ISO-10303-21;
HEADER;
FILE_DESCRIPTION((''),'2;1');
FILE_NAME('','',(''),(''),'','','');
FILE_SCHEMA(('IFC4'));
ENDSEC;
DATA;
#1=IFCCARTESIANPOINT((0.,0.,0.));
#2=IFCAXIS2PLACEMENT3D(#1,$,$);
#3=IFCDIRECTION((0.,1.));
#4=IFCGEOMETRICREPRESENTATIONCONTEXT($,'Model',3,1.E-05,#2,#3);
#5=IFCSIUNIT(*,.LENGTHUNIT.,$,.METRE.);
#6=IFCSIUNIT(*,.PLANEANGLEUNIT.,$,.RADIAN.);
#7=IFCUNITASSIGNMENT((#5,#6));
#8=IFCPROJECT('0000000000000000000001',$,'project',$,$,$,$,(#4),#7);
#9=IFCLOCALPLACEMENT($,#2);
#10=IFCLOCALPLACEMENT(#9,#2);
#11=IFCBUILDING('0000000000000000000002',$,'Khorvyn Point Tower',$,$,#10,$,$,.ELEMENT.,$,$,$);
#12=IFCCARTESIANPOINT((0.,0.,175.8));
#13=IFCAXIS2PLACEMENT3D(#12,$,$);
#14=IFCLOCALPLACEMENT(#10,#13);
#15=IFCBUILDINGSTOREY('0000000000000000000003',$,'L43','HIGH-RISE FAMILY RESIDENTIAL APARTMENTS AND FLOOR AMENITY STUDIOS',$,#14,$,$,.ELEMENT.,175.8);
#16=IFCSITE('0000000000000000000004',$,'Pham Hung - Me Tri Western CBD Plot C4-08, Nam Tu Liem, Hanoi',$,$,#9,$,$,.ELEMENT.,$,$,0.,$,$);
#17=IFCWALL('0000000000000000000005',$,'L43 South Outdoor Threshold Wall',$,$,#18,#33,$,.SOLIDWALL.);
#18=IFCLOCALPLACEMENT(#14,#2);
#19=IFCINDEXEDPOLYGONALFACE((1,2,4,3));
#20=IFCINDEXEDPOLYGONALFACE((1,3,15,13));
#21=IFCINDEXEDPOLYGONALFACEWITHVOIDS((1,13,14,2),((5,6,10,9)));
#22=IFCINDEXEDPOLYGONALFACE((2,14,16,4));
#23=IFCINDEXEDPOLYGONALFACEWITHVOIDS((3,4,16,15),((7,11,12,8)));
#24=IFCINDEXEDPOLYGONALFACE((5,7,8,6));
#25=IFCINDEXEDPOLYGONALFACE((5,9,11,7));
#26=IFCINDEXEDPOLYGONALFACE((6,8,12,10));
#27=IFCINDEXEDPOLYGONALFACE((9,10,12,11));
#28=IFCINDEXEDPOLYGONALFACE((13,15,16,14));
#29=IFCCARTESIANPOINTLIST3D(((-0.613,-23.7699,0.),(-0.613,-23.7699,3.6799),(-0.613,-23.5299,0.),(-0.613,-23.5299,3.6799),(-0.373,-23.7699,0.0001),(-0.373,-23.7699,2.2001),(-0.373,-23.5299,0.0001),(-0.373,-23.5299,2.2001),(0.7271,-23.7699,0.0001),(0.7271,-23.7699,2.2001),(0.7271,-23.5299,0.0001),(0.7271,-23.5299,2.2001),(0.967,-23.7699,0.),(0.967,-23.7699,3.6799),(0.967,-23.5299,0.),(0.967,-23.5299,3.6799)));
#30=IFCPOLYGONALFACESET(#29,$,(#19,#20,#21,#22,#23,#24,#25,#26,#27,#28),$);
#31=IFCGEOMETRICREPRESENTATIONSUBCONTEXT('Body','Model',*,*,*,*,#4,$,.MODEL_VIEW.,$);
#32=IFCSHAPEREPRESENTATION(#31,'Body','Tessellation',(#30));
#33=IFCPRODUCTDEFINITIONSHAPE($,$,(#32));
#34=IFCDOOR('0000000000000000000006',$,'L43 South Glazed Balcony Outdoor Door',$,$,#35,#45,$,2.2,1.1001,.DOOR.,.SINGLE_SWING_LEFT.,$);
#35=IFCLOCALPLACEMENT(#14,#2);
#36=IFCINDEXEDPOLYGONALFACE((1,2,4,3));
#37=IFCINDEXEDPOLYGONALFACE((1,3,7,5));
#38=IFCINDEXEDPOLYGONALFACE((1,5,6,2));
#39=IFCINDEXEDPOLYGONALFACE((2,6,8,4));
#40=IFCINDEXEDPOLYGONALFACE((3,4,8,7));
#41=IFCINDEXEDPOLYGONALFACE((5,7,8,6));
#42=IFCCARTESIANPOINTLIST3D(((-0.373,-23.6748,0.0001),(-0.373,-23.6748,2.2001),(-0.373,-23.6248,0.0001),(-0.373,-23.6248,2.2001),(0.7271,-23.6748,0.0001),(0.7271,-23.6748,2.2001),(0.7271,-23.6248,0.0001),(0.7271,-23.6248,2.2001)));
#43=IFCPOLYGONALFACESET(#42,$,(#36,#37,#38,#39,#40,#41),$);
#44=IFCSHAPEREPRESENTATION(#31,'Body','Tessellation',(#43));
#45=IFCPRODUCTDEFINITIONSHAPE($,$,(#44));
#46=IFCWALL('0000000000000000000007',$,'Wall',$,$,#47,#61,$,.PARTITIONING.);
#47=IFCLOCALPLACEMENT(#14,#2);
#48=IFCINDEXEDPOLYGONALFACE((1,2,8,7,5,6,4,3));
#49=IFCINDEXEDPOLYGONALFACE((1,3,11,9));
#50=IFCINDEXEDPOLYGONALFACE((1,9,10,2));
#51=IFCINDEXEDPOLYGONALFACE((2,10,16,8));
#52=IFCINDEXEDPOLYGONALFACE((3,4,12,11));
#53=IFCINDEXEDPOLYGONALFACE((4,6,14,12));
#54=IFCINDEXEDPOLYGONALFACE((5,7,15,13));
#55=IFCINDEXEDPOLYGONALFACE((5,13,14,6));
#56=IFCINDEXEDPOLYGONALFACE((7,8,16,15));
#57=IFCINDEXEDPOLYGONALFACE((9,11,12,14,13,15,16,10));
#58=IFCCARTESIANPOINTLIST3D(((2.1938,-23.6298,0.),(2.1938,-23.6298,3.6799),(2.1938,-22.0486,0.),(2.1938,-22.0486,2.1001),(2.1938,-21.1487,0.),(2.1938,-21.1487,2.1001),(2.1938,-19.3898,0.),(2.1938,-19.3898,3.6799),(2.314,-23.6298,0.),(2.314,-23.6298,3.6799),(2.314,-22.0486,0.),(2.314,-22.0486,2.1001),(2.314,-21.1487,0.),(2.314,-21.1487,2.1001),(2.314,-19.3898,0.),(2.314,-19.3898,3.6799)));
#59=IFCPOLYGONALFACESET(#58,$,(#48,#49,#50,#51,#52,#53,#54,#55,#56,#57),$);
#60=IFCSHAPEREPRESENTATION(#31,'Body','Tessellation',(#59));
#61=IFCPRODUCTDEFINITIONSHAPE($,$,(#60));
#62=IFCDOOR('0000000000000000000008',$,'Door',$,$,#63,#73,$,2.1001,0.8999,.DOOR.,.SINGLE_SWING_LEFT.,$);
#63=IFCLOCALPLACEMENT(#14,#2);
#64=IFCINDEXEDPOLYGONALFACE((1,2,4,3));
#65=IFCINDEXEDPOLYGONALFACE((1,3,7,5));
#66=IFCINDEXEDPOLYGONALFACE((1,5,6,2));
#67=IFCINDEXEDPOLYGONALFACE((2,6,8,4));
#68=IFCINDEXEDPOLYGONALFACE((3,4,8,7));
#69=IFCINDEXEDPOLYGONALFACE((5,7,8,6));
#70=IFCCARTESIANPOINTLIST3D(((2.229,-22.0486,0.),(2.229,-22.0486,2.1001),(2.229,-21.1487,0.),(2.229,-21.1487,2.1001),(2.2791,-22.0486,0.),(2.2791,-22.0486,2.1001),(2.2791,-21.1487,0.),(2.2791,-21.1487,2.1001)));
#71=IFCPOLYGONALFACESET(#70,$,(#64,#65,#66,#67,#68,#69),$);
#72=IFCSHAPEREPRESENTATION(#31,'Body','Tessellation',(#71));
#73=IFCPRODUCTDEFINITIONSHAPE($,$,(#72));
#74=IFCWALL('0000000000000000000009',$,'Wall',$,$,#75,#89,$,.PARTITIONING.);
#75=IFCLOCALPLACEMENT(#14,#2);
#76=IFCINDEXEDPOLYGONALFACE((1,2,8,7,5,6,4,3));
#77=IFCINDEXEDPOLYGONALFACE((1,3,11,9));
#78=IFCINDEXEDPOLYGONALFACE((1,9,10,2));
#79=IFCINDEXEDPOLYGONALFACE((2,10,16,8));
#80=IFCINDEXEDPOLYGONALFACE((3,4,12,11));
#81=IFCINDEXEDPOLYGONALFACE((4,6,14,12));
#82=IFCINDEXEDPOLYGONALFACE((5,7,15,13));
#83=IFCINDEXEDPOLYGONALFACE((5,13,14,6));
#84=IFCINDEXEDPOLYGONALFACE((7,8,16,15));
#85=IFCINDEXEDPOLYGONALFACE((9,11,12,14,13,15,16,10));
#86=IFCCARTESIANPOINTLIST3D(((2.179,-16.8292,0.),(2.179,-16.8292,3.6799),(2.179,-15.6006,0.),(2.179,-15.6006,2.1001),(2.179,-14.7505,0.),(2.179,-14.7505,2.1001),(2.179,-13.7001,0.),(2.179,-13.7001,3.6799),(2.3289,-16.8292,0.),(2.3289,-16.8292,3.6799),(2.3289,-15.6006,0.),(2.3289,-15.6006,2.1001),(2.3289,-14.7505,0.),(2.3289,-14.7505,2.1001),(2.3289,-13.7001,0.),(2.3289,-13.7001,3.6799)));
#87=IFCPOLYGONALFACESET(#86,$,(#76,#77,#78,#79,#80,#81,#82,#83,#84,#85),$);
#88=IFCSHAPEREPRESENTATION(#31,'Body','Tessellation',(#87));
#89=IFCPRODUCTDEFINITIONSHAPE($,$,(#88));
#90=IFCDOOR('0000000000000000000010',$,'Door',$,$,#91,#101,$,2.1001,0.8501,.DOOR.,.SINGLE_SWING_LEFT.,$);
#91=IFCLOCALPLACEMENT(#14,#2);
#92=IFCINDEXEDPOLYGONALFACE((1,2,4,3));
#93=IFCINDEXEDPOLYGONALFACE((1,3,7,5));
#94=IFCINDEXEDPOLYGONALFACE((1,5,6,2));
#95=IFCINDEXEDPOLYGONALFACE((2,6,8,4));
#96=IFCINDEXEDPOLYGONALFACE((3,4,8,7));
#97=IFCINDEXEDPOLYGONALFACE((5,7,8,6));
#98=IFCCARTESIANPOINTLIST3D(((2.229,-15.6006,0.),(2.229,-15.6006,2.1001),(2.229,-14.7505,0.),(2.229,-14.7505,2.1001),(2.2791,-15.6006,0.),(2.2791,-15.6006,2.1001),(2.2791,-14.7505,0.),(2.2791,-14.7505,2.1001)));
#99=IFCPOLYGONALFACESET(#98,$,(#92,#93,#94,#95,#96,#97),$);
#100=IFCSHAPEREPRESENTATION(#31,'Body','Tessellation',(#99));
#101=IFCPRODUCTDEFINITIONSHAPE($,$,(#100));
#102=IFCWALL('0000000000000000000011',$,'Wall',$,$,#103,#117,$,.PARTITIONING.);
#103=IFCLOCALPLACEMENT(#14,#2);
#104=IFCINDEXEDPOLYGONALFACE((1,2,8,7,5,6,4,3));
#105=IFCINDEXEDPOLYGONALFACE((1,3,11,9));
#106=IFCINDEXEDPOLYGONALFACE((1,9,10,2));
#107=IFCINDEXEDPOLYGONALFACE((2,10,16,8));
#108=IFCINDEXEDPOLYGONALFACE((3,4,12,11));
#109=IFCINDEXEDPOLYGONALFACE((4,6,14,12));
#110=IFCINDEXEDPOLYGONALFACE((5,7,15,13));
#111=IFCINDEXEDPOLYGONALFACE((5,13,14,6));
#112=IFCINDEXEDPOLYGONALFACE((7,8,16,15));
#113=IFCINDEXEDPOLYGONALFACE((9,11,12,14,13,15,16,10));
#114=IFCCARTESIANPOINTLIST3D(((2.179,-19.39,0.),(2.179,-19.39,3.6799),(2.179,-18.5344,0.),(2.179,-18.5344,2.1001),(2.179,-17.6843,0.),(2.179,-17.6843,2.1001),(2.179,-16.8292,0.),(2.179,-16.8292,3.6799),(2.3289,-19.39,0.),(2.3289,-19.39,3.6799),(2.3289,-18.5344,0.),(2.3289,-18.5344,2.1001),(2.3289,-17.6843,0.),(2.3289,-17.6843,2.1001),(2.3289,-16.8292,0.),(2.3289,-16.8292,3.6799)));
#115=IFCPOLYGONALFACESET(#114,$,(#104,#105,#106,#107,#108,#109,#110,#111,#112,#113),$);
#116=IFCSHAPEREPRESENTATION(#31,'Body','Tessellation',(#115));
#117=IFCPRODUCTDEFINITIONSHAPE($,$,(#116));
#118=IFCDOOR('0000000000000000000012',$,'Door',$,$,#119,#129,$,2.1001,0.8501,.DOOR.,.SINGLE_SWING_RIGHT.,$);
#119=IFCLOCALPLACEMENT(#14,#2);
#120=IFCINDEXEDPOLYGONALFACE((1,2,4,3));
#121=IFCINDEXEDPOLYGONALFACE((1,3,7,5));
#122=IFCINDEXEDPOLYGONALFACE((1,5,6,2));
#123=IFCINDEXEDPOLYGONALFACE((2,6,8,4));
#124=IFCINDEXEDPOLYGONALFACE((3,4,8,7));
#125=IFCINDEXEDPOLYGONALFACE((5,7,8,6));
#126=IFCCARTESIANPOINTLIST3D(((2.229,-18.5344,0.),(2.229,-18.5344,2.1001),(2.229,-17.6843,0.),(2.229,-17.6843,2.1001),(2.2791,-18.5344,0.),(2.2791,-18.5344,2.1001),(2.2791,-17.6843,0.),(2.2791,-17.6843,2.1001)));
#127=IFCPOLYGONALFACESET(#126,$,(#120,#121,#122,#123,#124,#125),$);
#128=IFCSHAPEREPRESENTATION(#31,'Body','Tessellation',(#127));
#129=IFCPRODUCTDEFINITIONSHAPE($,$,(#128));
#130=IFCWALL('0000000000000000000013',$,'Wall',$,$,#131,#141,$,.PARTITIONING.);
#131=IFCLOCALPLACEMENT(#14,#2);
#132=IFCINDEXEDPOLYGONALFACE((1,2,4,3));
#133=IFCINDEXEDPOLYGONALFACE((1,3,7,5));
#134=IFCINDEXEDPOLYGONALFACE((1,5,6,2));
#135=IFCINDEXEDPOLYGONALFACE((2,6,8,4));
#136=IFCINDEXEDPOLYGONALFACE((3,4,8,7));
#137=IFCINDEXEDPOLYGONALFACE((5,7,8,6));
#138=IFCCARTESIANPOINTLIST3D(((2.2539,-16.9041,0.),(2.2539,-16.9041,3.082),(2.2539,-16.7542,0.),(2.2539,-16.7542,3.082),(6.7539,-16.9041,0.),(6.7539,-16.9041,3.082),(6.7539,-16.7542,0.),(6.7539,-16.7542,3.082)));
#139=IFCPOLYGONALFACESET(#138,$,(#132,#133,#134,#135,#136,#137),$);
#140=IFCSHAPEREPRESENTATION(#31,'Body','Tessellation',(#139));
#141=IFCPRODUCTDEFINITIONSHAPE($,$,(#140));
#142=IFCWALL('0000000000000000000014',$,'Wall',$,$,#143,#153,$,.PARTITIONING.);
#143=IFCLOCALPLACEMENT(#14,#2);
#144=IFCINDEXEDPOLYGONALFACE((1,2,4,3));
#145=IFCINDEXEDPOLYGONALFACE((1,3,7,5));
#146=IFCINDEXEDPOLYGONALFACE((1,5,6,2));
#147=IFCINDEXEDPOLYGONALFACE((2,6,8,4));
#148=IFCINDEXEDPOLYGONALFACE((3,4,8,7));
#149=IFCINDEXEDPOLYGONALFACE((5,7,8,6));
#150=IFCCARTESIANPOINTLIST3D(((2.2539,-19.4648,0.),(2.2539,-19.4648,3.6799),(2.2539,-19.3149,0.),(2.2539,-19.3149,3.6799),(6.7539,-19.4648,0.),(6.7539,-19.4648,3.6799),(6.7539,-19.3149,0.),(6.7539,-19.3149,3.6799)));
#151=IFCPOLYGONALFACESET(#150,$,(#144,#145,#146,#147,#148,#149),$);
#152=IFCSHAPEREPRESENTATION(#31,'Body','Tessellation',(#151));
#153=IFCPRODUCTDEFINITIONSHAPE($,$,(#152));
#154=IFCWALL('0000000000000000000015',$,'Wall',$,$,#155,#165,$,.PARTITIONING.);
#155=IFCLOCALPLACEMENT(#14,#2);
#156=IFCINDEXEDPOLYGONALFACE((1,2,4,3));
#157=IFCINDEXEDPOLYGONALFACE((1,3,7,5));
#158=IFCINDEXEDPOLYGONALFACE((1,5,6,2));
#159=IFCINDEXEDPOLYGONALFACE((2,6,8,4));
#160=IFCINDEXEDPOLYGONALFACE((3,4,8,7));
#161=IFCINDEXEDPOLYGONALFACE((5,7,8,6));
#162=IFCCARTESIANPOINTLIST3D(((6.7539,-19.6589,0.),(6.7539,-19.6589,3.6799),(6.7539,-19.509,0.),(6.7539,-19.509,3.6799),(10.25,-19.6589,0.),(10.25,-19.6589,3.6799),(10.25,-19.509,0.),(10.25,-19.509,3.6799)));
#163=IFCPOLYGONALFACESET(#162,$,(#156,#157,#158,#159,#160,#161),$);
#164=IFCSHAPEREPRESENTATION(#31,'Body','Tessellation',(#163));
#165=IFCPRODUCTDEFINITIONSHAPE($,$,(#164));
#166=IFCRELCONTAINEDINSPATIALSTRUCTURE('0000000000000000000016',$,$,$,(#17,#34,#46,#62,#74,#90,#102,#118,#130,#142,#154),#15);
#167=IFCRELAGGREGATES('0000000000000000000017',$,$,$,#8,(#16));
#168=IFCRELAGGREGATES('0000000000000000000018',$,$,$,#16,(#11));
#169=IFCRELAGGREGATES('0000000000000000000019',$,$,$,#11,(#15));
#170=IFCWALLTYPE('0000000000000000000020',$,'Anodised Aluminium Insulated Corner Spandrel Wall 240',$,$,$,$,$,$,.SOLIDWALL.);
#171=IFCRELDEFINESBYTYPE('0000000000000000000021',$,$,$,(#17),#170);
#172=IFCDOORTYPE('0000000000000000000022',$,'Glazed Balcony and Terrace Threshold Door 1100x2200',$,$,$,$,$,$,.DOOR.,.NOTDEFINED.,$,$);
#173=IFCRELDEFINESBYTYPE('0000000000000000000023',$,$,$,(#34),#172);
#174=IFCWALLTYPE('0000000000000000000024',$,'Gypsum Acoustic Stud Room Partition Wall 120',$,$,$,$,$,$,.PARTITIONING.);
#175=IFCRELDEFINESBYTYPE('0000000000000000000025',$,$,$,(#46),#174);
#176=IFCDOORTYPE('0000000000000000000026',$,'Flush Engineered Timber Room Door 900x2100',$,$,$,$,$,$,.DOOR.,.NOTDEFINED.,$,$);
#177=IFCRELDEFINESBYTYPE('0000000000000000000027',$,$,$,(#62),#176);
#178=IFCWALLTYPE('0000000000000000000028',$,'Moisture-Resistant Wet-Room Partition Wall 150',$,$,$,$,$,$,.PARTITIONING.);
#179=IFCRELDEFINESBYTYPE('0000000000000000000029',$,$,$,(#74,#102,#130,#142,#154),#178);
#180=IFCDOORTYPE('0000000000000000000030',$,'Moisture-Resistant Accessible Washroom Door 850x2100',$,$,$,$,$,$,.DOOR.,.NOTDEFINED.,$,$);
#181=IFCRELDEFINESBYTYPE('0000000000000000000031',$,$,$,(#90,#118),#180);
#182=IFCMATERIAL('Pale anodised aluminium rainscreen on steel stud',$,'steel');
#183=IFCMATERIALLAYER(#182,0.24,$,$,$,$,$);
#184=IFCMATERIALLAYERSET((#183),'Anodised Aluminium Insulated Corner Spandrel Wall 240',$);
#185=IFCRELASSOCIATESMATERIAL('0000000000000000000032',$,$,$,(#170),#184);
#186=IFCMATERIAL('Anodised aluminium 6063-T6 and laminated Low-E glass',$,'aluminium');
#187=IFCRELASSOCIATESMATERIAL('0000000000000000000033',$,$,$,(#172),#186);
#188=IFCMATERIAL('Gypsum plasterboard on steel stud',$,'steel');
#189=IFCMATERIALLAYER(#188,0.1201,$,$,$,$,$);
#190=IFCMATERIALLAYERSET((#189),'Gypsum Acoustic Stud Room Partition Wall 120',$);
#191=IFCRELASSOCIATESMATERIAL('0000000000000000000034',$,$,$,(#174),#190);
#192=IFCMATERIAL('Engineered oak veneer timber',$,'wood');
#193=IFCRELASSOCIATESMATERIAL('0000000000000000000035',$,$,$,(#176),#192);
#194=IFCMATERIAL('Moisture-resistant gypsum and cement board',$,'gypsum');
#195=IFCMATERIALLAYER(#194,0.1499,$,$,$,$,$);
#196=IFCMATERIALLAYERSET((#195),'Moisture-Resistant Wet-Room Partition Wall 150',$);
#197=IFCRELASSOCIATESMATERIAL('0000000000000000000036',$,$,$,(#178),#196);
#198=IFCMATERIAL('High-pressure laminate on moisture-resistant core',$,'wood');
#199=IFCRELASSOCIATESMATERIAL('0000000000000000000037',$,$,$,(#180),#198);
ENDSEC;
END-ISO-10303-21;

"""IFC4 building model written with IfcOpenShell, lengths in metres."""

from ifc_helpers import new_model, si_unit, direction, frame, frame_2d, origin, place, context, subcontext, project, spatial, rectangle, extrude, material, layer, layer_set, type_object, element, fill, save


model = new_model("IFC4")

# Units and contexts
model_context = context("Model", 3, precision=1e-05, world=origin(), true_north=direction((0.0, 1.0)))
body_context = subcontext(model_context, "Body", "Model", "MODEL_VIEW")
ifc_project = project(units=[si_unit("LENGTHUNIT", "METRE"), si_unit("PLANEANGLEUNIT", "RADIAN")], contexts=[model_context])

# Site, building, storey
site_placement = place(None, origin())
site = spatial("IfcSite", under=ifc_project, at=site_placement, Name="Pham Hung - Me Tri Western CBD Plot C4-08, Nam Tu Liem, Hanoi", CompositionType="ELEMENT", RefElevation=0.0)
building_placement = place(site_placement, origin())
building = spatial("IfcBuilding", under=site, at=building_placement, Name="Khorvyn Point Tower", CompositionType="ELEMENT")
storey_placement = place(building_placement, frame((0.0, 0.0, 175.8)))
storey = spatial("IfcBuildingStorey", under=building, at=storey_placement, Name="L43", Description="HIGH-RISE FAMILY RESIDENTIAL APARTMENTS AND FLOOR AMENITY STUDIOS", CompositionType="ELEMENT", Elevation=175.8)

# Shared definitions
ifc_material_1 = material(Name="Anodised aluminium 6063-T6 and laminated Low-E glass", Category="aluminium")

# Walls, openings, doors
ifc_material_2 = material(Name="Pale anodised aluminium rainscreen on steel stud", Category="steel")
ifc_layer_1 = layer(ifc_material_2, 0.24)
ifc_layer_set_1 = layer_set([ifc_layer_1], Name="Anodised Aluminium Insulated Corner Spandrel Wall 240")
wall_type_1 = type_object("IfcWallType", Name="Anodised Aluminium Insulated Corner Spandrel Wall 240", PredefinedType="SOLIDWALL", material=ifc_layer_set_1)
wall_1_placement = place(storey_placement, frame((0.967, -23.6499, 0.0), z_axis=(0.0, 0.0, 1.0), x_axis=(-1.0, 0.0, 0.0)))
wall_1 = element("IfcWall", 1, at=wall_1_placement, inside=storey, type_object=wall_type_1, Name="L43 South Outdoor Threshold Wall", PredefinedType="SOLIDWALL", context=body_context, shape_type="SweptSolid", body=[
    extrude(rectangle(XDim=1.5801, YDim=0.24, at=frame_2d((0.79, 0.0))), origin(), (0.0, 0.0, 1.0), 3.6799),
])
opening_1_placement = place(wall_1_placement, frame((0.24, 0.0, 0.0)))
opening_1 = element("IfcOpeningElement", 2, at=opening_1_placement, cuts=wall_1, PredefinedType="OPENING", context=body_context, shape_type="SweptSolid", body=[
    extrude(rectangle(XDim=1.1001, YDim=2.2, at=frame_2d((0.55, 1.1001))), frame((0.0, 0.1299, 0.0), z_axis=(0.0, -1.0, 0.0), x_axis=(1.0, 0.0, 0.0)), (0.0, 0.0, 1.0), 0.26),
])
door_type_1 = type_object("IfcDoorType", Name="Glazed Balcony and Terrace Threshold Door 1100x2200", OperationType="NOTDEFINED", PredefinedType="DOOR", material=ifc_material_1)
door_1_placement = place(opening_1_placement, origin())
door_1 = element("IfcDoor", 3, at=door_1_placement, inside=storey, type_object=door_type_1, Name="L43 South Glazed Balcony Outdoor Door", OperationType="SINGLE_SWING_LEFT", OverallHeight=2.2, OverallWidth=1.1001, PredefinedType="DOOR", context=body_context, shape_type="SweptSolid", body=[
    extrude(rectangle(XDim=1.1001, YDim=2.2, at=frame_2d((0.55, 1.1001))), frame((0.0, 0.0249, 0.0), z_axis=(0.0, -1.0, 0.0), x_axis=(1.0, 0.0, 0.0)), (0.0, 0.0, 1.0), 0.05),
])
fill(opening_1, door_1)
ifc_material_3 = material(Name="Gypsum plasterboard on steel stud", Category="steel")
ifc_layer_2 = layer(ifc_material_3, 0.1201)
ifc_layer_set_2 = layer_set([ifc_layer_2], Name="Gypsum Acoustic Stud Room Partition Wall 120")
wall_type_2 = type_object("IfcWallType", Name="Gypsum Acoustic Stud Room Partition Wall 120", PredefinedType="PARTITIONING", material=ifc_layer_set_2)
wall_2_placement = place(storey_placement, frame((2.2539, -23.6299, 0.0), z_axis=(0.0, 0.0, 1.0), x_axis=(0.0, 1.0, 0.0)))
wall_2 = element("IfcWall", 4, at=wall_2_placement, inside=storey, type_object=wall_type_2, Name="Wall", PredefinedType="PARTITIONING", context=body_context, shape_type="SweptSolid", body=[
    extrude(rectangle(XDim=4.24, YDim=0.1201, at=frame_2d((2.1201, 0.0))), origin(), (0.0, 0.0, 1.0), 3.6799),
])
opening_2_placement = place(wall_2_placement, frame((1.5813, 0.0, 0.0)))
opening_2 = element("IfcOpeningElement", 5, at=opening_2_placement, cuts=wall_2, PredefinedType="OPENING", context=body_context, shape_type="SweptSolid", body=[
    extrude(rectangle(XDim=0.8999, YDim=2.1001, at=frame_2d((0.45, 1.05))), frame((0.0, 0.0701, 0.0), z_axis=(0.0, -1.0, 0.0), x_axis=(1.0, 0.0, 0.0)), (0.0, 0.0, 1.0), 0.1401),
])
ifc_material_4 = material(Name="Engineered oak veneer timber", Category="wood")
door_type_2 = type_object("IfcDoorType", Name="Flush Engineered Timber Room Door 900x2100", OperationType="NOTDEFINED", PredefinedType="DOOR", material=ifc_material_4)
door_2_placement = place(opening_2_placement, origin())
door_2 = element("IfcDoor", 6, at=door_2_placement, inside=storey, type_object=door_type_2, Name="Door", OperationType="SINGLE_SWING_LEFT", OverallHeight=2.1001, OverallWidth=0.8999, PredefinedType="DOOR", context=body_context, shape_type="SweptSolid", body=[
    extrude(rectangle(XDim=0.8999, YDim=2.1001, at=frame_2d((0.45, 1.05))), frame((0.0, 0.0249, 0.0), z_axis=(0.0, -1.0, 0.0), x_axis=(1.0, 0.0, 0.0)), (0.0, 0.0, 1.0), 0.05),
])
fill(opening_2, door_2)
ifc_material_5 = material(Name="Moisture-resistant gypsum and cement board", Category="gypsum")
ifc_layer_3 = layer(ifc_material_5, 0.1499)
ifc_layer_set_3 = layer_set([ifc_layer_3], Name="Moisture-Resistant Wet-Room Partition Wall 150")
wall_type_3 = type_object("IfcWallType", Name="Moisture-Resistant Wet-Room Partition Wall 150", PredefinedType="PARTITIONING", material=ifc_layer_set_3)
wall_3_placement = place(storey_placement, frame((2.2539, -16.8291, 0.0), z_axis=(0.0, 0.0, 1.0), x_axis=(0.0, 1.0, 0.0)))
wall_3 = element("IfcWall", 7, at=wall_3_placement, inside=storey, type_object=wall_type_3, Name="Wall", PredefinedType="PARTITIONING", context=body_context, shape_type="SweptSolid", body=[
    extrude(rectangle(XDim=3.1292, YDim=0.1499, at=frame_2d((1.5645, 0.0))), origin(), (0.0, 0.0, 1.0), 3.6799),
])
opening_3_placement = place(wall_3_placement, frame((1.2285, 0.0, 0.0)))
opening_3 = element("IfcOpeningElement", 8, at=opening_3_placement, cuts=wall_3, PredefinedType="OPENING", context=body_context, shape_type="SweptSolid", body=[
    extrude(rectangle(XDim=0.8501, YDim=2.1001, at=frame_2d((0.425, 1.05))), frame((0.0, 0.085, 0.0), z_axis=(0.0, -1.0, 0.0), x_axis=(1.0, 0.0, 0.0)), (0.0, 0.0, 1.0), 0.1699),
])
ifc_material_6 = material(Name="High-pressure laminate on moisture-resistant core", Category="wood")
door_type_3 = type_object("IfcDoorType", Name="Moisture-Resistant Accessible Washroom Door 850x2100", OperationType="NOTDEFINED", PredefinedType="DOOR", material=ifc_material_6)
door_3_placement = place(opening_3_placement, origin())
door_3 = element("IfcDoor", 9, at=door_3_placement, inside=storey, type_object=door_type_3, Name="Door", OperationType="SINGLE_SWING_LEFT", OverallHeight=2.1001, OverallWidth=0.8501, PredefinedType="DOOR", context=body_context, shape_type="SweptSolid", body=[
    extrude(rectangle(XDim=0.8501, YDim=2.1001, at=frame_2d((0.425, 1.05))), frame((0.0, 0.0249, 0.0), z_axis=(0.0, -1.0, 0.0), x_axis=(1.0, 0.0, 0.0)), (0.0, 0.0, 1.0), 0.05),
])
fill(opening_3, door_3)
wall_4_placement = place(storey_placement, frame((2.2539, -19.3899, 0.0), z_axis=(0.0, 0.0, 1.0), x_axis=(0.0, 1.0, 0.0)))
wall_4 = element("IfcWall", 10, at=wall_4_placement, inside=storey, type_object=wall_type_3, Name="Wall", PredefinedType="PARTITIONING", context=body_context, shape_type="SweptSolid", body=[
    extrude(rectangle(XDim=2.5608, YDim=0.1499, at=frame_2d((1.2803, 0.0))), origin(), (0.0, 0.0, 1.0), 3.6799),
])
opening_4_placement = place(wall_4_placement, frame((0.8555, 0.0, 0.0)))
opening_4 = element("IfcOpeningElement", 11, at=opening_4_placement, cuts=wall_4, PredefinedType="OPENING", context=body_context, shape_type="SweptSolid", body=[
    extrude(rectangle(XDim=0.8501, YDim=2.1001, at=frame_2d((0.425, 1.05))), frame((0.0, 0.085, 0.0), z_axis=(0.0, -1.0, 0.0), x_axis=(1.0, 0.0, 0.0)), (0.0, 0.0, 1.0), 0.1699),
])
door_4_placement = place(opening_4_placement, origin())
door_4 = element("IfcDoor", 12, at=door_4_placement, inside=storey, type_object=door_type_3, Name="Door", OperationType="SINGLE_SWING_RIGHT", OverallHeight=2.1001, OverallWidth=0.8501, PredefinedType="DOOR", context=body_context, shape_type="SweptSolid", body=[
    extrude(rectangle(XDim=0.8501, YDim=2.1001, at=frame_2d((0.425, 1.05))), frame((0.0, 0.0249, 0.0), z_axis=(0.0, -1.0, 0.0), x_axis=(1.0, 0.0, 0.0)), (0.0, 0.0, 1.0), 0.05),
])
fill(opening_4, door_4)

# Walls
wall_5_placement = place(storey_placement, frame((2.2539, -16.8291, 0.0), z_axis=(0.0, 0.0, 1.0), x_axis=(1.0, 0.0, 0.0)))
element("IfcWall", 13, at=wall_5_placement, inside=storey, type_object=wall_type_3, Name="Wall", PredefinedType="PARTITIONING", context=body_context, shape_type="SweptSolid", body=[
    extrude(rectangle(XDim=4.5, YDim=0.1499, at=frame_2d((2.25, 0.0))), origin(), (0.0, 0.0, 1.0), 3.082),
])
wall_6_placement = place(storey_placement, frame((2.2539, -19.3899, 0.0), z_axis=(0.0, 0.0, 1.0), x_axis=(1.0, 0.0, 0.0)))
element("IfcWall", 14, at=wall_6_placement, inside=storey, type_object=wall_type_3, Name="Wall", PredefinedType="PARTITIONING", context=body_context, shape_type="SweptSolid", body=[
    extrude(rectangle(XDim=4.5, YDim=0.1499, at=frame_2d((2.25, 0.0))), origin(), (0.0, 0.0, 1.0), 3.6799),
])
wall_7_placement = place(storey_placement, frame((6.7539, -19.584, 0.0), z_axis=(0.0, 0.0, 1.0), x_axis=(1.0, 0.0, 0.0)))
element("IfcWall", 15, at=wall_7_placement, inside=storey, type_object=wall_type_3, Name="Wall", PredefinedType="PARTITIONING", context=body_context, shape_type="SweptSolid", body=[
    extrude(rectangle(XDim=3.4961, YDim=0.1499, at=frame_2d((1.748, 0.0))), origin(), (0.0, 0.0, 1.0), 3.6799),
])

save(model, "model.ifc")
